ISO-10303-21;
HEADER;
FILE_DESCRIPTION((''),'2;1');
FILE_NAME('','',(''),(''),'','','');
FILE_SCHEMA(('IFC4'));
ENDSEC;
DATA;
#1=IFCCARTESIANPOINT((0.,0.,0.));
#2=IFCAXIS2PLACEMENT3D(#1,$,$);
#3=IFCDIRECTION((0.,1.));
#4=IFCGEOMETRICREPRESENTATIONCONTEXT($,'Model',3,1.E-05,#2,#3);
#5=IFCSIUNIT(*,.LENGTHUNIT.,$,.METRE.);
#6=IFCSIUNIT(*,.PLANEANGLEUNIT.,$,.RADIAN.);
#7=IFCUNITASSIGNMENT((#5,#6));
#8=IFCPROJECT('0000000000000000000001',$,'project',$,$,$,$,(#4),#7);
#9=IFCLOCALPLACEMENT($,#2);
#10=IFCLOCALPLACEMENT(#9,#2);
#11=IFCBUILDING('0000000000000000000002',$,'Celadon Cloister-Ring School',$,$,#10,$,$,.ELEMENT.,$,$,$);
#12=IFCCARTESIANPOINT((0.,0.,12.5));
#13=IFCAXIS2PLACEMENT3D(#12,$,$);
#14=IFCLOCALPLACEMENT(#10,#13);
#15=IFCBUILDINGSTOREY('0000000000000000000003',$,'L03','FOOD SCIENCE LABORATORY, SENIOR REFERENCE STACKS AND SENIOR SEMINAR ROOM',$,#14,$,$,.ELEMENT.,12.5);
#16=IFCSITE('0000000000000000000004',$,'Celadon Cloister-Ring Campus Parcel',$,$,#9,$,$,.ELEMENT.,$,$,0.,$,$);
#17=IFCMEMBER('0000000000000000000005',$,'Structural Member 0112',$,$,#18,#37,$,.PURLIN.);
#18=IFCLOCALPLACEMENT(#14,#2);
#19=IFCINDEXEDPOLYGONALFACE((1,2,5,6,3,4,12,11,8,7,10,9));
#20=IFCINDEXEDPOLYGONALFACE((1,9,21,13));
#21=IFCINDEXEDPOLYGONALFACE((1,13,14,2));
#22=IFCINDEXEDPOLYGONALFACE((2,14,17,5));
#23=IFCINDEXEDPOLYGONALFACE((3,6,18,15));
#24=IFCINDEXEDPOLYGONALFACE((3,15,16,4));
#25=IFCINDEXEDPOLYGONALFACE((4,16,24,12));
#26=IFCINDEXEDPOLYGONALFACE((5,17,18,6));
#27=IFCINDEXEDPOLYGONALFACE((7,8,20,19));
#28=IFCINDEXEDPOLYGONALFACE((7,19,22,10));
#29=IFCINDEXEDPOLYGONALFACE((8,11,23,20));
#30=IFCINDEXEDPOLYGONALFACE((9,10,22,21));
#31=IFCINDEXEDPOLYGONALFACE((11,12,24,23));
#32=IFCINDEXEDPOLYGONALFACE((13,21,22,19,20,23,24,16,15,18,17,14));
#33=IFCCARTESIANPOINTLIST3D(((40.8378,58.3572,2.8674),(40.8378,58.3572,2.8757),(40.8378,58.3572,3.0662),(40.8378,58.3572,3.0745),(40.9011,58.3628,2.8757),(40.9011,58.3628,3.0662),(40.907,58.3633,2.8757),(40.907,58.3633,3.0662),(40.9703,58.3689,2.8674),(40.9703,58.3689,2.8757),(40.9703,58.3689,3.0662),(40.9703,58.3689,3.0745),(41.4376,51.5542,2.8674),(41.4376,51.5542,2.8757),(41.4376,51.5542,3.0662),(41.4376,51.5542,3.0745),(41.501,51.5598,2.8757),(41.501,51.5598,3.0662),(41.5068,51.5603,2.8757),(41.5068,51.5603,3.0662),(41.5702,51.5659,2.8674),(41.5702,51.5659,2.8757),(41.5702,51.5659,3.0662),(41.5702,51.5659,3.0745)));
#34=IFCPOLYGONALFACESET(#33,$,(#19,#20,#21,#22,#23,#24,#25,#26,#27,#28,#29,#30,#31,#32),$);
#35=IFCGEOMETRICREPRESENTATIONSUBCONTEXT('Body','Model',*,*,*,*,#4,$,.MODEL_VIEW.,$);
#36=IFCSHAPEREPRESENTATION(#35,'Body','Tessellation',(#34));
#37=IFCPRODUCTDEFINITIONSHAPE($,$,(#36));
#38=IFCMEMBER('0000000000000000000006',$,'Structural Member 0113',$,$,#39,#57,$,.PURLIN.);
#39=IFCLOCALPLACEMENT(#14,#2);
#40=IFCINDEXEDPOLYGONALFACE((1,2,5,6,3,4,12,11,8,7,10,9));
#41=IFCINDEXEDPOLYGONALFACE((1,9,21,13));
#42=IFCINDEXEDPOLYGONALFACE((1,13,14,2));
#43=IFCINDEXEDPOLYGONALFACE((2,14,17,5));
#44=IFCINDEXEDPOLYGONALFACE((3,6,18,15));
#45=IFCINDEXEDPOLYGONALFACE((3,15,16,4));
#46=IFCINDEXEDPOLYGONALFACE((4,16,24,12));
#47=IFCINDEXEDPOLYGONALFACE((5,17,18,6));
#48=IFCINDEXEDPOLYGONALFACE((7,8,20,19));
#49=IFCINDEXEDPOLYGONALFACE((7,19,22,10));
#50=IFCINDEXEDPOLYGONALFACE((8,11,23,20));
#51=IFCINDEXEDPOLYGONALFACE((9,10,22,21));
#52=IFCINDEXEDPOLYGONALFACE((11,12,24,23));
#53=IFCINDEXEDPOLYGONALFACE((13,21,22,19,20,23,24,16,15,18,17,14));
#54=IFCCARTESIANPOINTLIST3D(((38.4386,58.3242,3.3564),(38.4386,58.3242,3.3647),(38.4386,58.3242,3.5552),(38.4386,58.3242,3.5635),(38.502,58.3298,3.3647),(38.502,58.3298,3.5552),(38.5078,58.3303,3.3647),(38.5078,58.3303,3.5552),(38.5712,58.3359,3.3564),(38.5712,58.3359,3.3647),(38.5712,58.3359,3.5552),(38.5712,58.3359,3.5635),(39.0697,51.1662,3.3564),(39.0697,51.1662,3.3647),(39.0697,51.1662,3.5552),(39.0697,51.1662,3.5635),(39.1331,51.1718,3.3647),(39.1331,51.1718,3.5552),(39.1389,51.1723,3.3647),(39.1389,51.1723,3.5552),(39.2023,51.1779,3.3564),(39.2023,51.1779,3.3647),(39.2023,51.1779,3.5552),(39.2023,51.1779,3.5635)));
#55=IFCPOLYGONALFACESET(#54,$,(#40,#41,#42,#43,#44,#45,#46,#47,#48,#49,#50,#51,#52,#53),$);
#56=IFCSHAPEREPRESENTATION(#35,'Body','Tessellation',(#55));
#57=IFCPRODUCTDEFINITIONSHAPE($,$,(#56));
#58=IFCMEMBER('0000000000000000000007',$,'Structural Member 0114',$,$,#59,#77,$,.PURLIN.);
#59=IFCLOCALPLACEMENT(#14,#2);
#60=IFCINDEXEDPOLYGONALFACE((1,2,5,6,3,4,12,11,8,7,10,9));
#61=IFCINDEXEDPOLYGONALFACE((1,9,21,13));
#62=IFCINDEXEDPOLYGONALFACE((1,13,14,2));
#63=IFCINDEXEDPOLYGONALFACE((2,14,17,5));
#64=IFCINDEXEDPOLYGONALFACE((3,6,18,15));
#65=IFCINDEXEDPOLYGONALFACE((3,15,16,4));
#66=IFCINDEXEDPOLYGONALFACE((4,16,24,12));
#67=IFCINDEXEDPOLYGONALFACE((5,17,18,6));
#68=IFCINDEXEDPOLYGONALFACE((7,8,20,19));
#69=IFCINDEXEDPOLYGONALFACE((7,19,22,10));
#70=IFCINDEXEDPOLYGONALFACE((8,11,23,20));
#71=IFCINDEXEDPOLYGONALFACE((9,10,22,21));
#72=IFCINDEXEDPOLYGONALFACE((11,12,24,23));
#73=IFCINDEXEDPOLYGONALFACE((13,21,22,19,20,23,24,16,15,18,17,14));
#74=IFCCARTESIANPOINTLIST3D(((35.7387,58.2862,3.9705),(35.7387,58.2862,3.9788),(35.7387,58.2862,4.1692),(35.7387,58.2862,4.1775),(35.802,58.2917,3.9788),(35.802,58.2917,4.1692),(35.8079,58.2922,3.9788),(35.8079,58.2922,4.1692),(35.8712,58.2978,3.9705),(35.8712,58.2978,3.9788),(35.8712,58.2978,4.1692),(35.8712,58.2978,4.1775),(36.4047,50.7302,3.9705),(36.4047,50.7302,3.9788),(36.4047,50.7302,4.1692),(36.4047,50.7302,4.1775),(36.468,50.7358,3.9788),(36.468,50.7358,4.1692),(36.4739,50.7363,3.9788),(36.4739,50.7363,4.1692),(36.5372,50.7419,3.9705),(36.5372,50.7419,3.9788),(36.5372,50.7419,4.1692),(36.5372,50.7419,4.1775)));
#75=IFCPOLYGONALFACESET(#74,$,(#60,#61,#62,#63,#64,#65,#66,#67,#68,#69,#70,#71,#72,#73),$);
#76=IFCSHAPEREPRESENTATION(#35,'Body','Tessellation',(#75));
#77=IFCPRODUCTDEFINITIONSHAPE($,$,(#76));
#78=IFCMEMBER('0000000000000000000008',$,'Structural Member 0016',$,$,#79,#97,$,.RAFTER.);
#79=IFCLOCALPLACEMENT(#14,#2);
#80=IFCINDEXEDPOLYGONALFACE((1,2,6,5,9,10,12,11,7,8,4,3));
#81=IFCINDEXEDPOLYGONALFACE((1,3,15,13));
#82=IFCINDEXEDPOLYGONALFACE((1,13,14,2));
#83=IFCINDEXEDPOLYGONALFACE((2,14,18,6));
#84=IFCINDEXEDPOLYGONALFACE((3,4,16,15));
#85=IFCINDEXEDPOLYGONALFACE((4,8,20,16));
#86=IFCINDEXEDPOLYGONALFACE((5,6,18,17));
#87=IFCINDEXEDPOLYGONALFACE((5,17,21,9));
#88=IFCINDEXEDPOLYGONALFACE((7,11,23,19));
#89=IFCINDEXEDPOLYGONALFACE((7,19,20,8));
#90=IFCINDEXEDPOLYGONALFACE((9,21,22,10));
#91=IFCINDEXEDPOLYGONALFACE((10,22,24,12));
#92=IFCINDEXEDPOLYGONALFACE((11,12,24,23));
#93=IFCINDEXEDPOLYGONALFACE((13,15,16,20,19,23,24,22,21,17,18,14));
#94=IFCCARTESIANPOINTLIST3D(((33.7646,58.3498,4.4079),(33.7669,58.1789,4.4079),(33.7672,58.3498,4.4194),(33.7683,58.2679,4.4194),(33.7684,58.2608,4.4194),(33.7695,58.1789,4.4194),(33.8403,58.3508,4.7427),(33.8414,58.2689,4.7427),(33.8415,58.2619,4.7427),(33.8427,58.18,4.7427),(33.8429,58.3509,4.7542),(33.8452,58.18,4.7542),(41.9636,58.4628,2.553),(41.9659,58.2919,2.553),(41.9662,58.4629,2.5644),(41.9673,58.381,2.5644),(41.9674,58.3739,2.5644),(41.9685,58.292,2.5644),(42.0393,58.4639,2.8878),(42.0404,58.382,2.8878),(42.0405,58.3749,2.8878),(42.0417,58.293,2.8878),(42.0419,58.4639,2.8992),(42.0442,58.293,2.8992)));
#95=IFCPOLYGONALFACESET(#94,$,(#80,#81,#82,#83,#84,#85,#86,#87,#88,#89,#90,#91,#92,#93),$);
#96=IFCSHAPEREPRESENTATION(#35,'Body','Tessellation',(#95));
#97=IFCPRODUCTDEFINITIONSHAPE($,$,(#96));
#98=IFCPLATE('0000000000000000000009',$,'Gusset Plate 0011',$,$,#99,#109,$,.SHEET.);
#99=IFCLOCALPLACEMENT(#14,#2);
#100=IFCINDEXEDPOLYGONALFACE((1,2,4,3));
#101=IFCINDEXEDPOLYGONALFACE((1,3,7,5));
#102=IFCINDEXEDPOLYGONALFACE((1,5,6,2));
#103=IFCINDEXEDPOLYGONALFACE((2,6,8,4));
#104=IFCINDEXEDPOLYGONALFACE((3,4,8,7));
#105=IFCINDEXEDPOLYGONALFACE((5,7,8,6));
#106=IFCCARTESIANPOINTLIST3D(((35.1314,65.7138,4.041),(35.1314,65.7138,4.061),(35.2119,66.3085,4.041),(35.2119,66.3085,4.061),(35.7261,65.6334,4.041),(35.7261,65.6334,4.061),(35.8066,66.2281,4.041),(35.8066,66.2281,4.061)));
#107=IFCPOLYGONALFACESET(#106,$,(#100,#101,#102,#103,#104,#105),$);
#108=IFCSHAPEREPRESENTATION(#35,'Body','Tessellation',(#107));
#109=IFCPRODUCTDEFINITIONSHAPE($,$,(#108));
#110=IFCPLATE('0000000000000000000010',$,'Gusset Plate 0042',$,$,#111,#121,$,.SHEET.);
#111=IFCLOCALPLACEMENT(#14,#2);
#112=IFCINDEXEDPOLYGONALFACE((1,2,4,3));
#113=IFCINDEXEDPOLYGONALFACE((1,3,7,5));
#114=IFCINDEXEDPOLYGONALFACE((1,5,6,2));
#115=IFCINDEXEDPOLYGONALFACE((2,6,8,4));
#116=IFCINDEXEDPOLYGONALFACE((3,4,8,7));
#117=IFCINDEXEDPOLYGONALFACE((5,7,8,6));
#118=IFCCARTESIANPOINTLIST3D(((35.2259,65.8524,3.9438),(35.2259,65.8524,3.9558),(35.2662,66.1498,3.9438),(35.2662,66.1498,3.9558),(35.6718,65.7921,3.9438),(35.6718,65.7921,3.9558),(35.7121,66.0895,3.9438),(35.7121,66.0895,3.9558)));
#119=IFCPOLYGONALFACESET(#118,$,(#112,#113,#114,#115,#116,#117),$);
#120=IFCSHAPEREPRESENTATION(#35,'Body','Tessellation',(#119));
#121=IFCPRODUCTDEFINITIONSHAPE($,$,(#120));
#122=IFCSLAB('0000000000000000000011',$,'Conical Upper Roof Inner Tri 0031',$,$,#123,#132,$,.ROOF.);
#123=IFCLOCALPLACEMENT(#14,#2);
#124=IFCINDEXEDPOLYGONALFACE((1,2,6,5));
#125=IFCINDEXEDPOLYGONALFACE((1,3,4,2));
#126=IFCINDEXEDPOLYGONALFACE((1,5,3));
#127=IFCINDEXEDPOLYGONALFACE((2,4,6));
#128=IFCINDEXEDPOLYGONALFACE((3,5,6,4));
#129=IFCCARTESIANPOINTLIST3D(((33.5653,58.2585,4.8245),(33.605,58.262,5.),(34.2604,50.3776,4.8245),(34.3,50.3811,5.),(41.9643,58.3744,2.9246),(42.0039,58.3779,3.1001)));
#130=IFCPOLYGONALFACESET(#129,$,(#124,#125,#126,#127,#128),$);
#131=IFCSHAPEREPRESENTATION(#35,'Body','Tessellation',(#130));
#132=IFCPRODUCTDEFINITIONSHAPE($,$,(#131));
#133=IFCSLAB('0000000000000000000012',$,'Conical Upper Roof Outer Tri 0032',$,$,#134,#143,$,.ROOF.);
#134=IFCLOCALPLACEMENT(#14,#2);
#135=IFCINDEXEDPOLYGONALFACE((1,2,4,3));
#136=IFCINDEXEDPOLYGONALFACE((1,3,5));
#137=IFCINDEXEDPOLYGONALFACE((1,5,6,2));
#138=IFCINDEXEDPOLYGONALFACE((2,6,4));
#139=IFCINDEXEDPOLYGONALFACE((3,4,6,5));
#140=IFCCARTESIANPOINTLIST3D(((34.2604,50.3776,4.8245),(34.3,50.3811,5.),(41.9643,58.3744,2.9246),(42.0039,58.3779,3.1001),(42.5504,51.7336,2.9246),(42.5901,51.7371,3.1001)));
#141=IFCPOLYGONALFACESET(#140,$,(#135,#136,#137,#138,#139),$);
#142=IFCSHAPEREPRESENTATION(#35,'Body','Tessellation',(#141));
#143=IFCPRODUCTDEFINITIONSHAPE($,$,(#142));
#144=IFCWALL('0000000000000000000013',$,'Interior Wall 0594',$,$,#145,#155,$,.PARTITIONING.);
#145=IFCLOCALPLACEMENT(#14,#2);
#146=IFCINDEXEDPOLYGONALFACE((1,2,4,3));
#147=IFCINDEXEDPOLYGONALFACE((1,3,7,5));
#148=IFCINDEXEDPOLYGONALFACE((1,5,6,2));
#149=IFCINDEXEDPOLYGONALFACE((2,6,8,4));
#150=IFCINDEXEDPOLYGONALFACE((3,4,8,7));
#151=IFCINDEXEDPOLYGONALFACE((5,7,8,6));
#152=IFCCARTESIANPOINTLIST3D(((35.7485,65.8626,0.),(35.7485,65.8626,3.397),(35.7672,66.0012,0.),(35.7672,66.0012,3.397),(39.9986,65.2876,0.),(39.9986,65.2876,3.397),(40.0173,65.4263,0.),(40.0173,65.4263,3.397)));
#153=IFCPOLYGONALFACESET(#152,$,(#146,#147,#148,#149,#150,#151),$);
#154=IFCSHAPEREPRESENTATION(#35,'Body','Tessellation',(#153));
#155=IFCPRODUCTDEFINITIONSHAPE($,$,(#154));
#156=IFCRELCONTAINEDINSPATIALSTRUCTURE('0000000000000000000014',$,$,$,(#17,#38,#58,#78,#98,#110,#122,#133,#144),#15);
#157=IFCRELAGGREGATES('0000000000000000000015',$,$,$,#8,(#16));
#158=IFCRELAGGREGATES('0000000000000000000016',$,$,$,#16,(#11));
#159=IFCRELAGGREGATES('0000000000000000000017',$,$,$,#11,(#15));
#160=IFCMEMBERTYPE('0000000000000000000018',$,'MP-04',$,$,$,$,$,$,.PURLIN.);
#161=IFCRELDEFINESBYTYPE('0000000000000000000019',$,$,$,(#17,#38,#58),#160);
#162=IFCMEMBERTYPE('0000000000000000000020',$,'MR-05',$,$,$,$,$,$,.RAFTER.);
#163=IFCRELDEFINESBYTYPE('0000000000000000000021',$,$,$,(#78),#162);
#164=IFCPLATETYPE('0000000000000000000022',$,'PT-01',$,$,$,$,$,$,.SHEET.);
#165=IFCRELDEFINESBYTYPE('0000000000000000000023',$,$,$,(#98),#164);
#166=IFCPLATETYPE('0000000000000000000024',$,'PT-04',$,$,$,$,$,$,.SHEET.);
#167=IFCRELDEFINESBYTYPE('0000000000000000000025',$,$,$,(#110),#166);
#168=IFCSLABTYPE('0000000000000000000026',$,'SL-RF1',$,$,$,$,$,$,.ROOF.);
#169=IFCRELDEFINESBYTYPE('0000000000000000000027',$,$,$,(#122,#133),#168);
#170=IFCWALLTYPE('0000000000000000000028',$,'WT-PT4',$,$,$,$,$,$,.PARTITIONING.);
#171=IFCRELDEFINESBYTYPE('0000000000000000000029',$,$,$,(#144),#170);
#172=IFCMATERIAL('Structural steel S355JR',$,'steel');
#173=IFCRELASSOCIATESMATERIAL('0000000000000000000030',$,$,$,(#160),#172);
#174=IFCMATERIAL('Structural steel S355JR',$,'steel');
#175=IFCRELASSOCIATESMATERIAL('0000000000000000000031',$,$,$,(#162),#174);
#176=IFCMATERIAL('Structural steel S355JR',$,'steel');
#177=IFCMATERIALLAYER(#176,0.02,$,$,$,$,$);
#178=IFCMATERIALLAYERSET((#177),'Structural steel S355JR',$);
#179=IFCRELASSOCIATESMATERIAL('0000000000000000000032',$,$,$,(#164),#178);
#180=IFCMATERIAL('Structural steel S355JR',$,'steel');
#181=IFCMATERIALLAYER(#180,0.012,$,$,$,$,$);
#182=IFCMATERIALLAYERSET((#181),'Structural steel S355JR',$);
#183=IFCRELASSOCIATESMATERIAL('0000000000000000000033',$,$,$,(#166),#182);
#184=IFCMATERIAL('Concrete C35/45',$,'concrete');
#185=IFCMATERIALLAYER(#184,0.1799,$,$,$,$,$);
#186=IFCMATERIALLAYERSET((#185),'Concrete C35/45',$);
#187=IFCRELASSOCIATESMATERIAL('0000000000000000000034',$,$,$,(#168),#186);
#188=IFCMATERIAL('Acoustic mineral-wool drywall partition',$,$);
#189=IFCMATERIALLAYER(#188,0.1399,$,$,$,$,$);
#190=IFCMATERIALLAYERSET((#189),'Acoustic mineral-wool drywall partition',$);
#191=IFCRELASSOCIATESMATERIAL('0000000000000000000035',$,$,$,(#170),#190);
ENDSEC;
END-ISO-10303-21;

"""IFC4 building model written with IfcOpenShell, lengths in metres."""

from ifc_helpers import new_model, si_unit, direction, frame, frame_2d, origin, origin_2d, place, context, subcontext, project, spatial, polyline, rectangle, i_section, outline, extrude, material, layer, layer_set, material_profile, profile_set, type_object, element, save


model = new_model("IFC4")

# Units and contexts
model_context = context("Model", 3, precision=1e-05, world=origin(), true_north=direction((0.0, 1.0)))
body_context = subcontext(model_context, "Body", "Model", "MODEL_VIEW")
ifc_project = project(units=[si_unit("LENGTHUNIT", "METRE"), si_unit("PLANEANGLEUNIT", "RADIAN")], contexts=[model_context])

# Site, building, storey
site_placement = place(None, origin())
site = spatial("IfcSite", under=ifc_project, at=site_placement, Name="Celadon Cloister-Ring Campus Parcel", CompositionType="ELEMENT", RefElevation=0.0)
building_placement = place(site_placement, origin())
building = spatial("IfcBuilding", under=site, at=building_placement, Name="Celadon Cloister-Ring School", CompositionType="ELEMENT")
storey_placement = place(building_placement, frame((0.0, 0.0, 12.5)))
storey = spatial("IfcBuildingStorey", under=building, at=storey_placement, Name="L03", Description="FOOD SCIENCE LABORATORY, SENIOR REFERENCE STACKS AND SENIOR SEMINAR ROOM", CompositionType="ELEMENT", Elevation=12.5)

# Members
ifc_material_1 = material(Name="Structural steel S355JR", Category="steel")
ifc_material_profile_1 = material_profile(ifc_material_1, i_section(OverallWidth=0.1331, OverallDepth=0.207, WebThickness=0.0059, FlangeThickness=0.0083, at=origin_2d()), Name="W200X27")
ifc_profile_set_1 = profile_set([ifc_material_profile_1], Name="Structural steel S355JR")
member_type_1 = type_object("IfcMemberType", Name="MP-04", PredefinedType="PURLIN", material=ifc_profile_set_1)
member_1_placement = place(storey_placement, frame((40.9041, 58.363, 2.9709), z_axis=(0.087834, -0.996135, 0.0), x_axis=(0.996135, 0.087834, 0.0)))
element("IfcMember", 1, at=member_1_placement, inside=storey, type_object=member_type_1, Name="Structural Member 0112", PredefinedType="PURLIN", context=body_context, shape_type="SweptSolid", body=[
    extrude(i_section(OverallWidth=0.1331, OverallDepth=0.207, WebThickness=0.0059, FlangeThickness=0.0083, at=origin_2d()), origin(), (0.0, 0.0, 1.0), 6.8293),
])
member_2_placement = place(storey_placement, frame((38.5049, 58.3301, 3.46), z_axis=(0.087827, -0.996136, 0.0), x_axis=(0.996136, 0.087827, 0.0)))
element("IfcMember", 2, at=member_2_placement, inside=storey, type_object=member_type_1, Name="Structural Member 0113", PredefinedType="PURLIN", context=body_context, shape_type="SweptSolid", body=[
    extrude(i_section(OverallWidth=0.1331, OverallDepth=0.207, WebThickness=0.0059, FlangeThickness=0.0083, at=origin_2d()), origin(), (0.0, 0.0, 1.0), 7.1858),
])
member_3_placement = place(storey_placement, frame((35.8049, 58.292, 4.074), z_axis=(0.087805, -0.996138, 0.0), x_axis=(0.996138, 0.087805, 0.0)))
element("IfcMember", 3, at=member_3_placement, inside=storey, type_object=member_type_1, Name="Structural Member 0114", PredefinedType="PURLIN", context=body_context, shape_type="SweptSolid", body=[
    extrude(i_section(OverallWidth=0.1331, OverallDepth=0.207, WebThickness=0.0059, FlangeThickness=0.0083, at=origin_2d()), origin(), (0.0, 0.0, 1.0), 7.5852),
])
ifc_material_2 = material(Name="Structural steel S355JR", Category="steel")
ifc_material_profile_2 = material_profile(ifc_material_2, i_section(OverallWidth=0.1709, OverallDepth=0.355, WebThickness=0.0071, FlangeThickness=0.0117, at=origin_2d()), Name="W360X51")
ifc_profile_set_2 = profile_set([ifc_material_profile_2], Name="Structural steel S355JR")
member_type_2 = type_object("IfcMemberType", Name="MR-05", PredefinedType="RAFTER", material=ifc_profile_set_2)
member_4_placement = place(storey_placement, frame((42.0039, 58.3779, 2.7261), z_axis=(-0.975261, -0.013446, 0.220648), x_axis=(0.013785, -0.999905, 0.0)))
element("IfcMember", 4, at=member_4_placement, inside=storey, type_object=member_type_2, Name="Structural Member 0016", PredefinedType="RAFTER", context=body_context, shape_type="SweptSolid", body=[
    extrude(i_section(OverallWidth=0.1709, OverallDepth=0.355, WebThickness=0.0071, FlangeThickness=0.0117, at=origin_2d()), origin(), (0.0, 0.0, 1.0), 8.407),
])

# Plates
ifc_material_3 = material(Name="Structural steel S355JR", Category="steel")
ifc_layer_1 = layer(ifc_material_3, 0.02)
ifc_layer_set_1 = layer_set([ifc_layer_1], Name="Structural steel S355JR")
plate_type_1 = type_object("IfcPlateType", Name="PT-01", PredefinedType="SHEET", material=ifc_layer_set_1)
plate_1_placement = place(storey_placement, frame((35.469, 65.9709, 4.041), z_axis=(0.0, 0.0, 1.0), x_axis=(-0.990974, 0.134055, 0.0)))
element("IfcPlate", 5, at=plate_1_placement, inside=storey, type_object=plate_type_1, Name="Gusset Plate 0011", PredefinedType="SHEET", context=body_context, shape_type="SweptSolid", body=[
    extrude(rectangle(XDim=0.6001, YDim=0.6001, at=origin_2d()), origin(), (0.0, 0.0, 1.0), 0.02),
])
ifc_material_4 = material(Name="Structural steel S355JR", Category="steel")
ifc_layer_2 = layer(ifc_material_4, 0.012)
ifc_layer_set_2 = layer_set([ifc_layer_2], Name="Structural steel S355JR")
plate_type_2 = type_object("IfcPlateType", Name="PT-04", PredefinedType="SHEET", material=ifc_layer_set_2)
plate_2_placement = place(storey_placement, frame((35.469, 65.9709, 3.9438), z_axis=(0.0, 0.0, 1.0), x_axis=(-0.990974, 0.134055, 0.0)))
element("IfcPlate", 6, at=plate_2_placement, inside=storey, type_object=plate_type_2, Name="Gusset Plate 0042", PredefinedType="SHEET", context=body_context, shape_type="SweptSolid", body=[
    extrude(rectangle(XDim=0.45, YDim=0.3, at=origin_2d()), origin(), (0.0, 0.0, 1.0), 0.012),
])

# Slabs
ifc_material_5 = material(Name="Concrete C35/45", Category="concrete")
ifc_layer_3 = layer(ifc_material_5, 0.1799)
ifc_layer_set_3 = layer_set([ifc_layer_3], Name="Concrete C35/45")
slab_type = type_object("IfcSlabType", Name="SL-RF1", PredefinedType="ROOF", material=ifc_layer_set_3)
slab_1_placement = place(storey_placement, frame((42.0039, 58.3779, 3.1001), z_axis=(0.220336, 0.019433, 0.97523), x_axis=(-0.975268, -0.013466, 0.220613)))
element("IfcSlab", 7, at=slab_1_placement, inside=storey, type_object=slab_type, Name="Conical Upper Roof Inner Tri 0031", PredefinedType="ROOF", context=body_context, shape_type="SweptSolid", body=[
    extrude(outline(polyline([(0.0, 0.0), (8.6119, 0.0), (8.0402, 7.8908), (0.0, 0.0)])), origin(), (0.0, 0.0, -1.0), 0.1799),
])
slab_2_placement = place(storey_placement, frame((42.0039, 58.3779, 3.1001), z_axis=(0.220322, 0.019448, 0.975233), x_axis=(-0.683854, -0.70986, 0.16865)))
element("IfcSlab", 8, at=slab_2_placement, inside=storey, type_object=slab_type, Name="Conical Upper Roof Outer Tri 0032", PredefinedType="ROOF", context=body_context, shape_type="SweptSolid", body=[
    extrude(outline(polyline([(0.0, 0.0), (11.2654, 0.0), (4.3132, 5.0834), (0.0, 0.0)])), origin(), (0.0, 0.0, -1.0), 0.1799),
])

# Wall
ifc_material_6 = material(Name="Acoustic mineral-wool drywall partition")
ifc_layer_4 = layer(ifc_material_6, 0.1399)
ifc_layer_set_4 = layer_set([ifc_layer_4], Name="Acoustic mineral-wool drywall partition")
wall_type_1 = type_object("IfcWallType", Name="WT-PT4", PredefinedType="PARTITIONING", material=ifc_layer_set_4)
wall_1_placement = place(storey_placement, frame((40.0081, 65.3569, 0.0), z_axis=(0.0, 0.0, 1.0), x_axis=(-0.990973, 0.134061, 0.0)))
element("IfcWall", 9, at=wall_1_placement, inside=storey, type_object=wall_type_1, Name="Interior Wall 0594", PredefinedType="PARTITIONING", context=body_context, shape_type="SweptSolid", body=[
    extrude(rectangle(XDim=4.2888, YDim=0.1399, at=frame_2d((2.1445, 0.0))), origin(), (0.0, 0.0, 1.0), 3.397),
])

save(model, "model.ifc")
